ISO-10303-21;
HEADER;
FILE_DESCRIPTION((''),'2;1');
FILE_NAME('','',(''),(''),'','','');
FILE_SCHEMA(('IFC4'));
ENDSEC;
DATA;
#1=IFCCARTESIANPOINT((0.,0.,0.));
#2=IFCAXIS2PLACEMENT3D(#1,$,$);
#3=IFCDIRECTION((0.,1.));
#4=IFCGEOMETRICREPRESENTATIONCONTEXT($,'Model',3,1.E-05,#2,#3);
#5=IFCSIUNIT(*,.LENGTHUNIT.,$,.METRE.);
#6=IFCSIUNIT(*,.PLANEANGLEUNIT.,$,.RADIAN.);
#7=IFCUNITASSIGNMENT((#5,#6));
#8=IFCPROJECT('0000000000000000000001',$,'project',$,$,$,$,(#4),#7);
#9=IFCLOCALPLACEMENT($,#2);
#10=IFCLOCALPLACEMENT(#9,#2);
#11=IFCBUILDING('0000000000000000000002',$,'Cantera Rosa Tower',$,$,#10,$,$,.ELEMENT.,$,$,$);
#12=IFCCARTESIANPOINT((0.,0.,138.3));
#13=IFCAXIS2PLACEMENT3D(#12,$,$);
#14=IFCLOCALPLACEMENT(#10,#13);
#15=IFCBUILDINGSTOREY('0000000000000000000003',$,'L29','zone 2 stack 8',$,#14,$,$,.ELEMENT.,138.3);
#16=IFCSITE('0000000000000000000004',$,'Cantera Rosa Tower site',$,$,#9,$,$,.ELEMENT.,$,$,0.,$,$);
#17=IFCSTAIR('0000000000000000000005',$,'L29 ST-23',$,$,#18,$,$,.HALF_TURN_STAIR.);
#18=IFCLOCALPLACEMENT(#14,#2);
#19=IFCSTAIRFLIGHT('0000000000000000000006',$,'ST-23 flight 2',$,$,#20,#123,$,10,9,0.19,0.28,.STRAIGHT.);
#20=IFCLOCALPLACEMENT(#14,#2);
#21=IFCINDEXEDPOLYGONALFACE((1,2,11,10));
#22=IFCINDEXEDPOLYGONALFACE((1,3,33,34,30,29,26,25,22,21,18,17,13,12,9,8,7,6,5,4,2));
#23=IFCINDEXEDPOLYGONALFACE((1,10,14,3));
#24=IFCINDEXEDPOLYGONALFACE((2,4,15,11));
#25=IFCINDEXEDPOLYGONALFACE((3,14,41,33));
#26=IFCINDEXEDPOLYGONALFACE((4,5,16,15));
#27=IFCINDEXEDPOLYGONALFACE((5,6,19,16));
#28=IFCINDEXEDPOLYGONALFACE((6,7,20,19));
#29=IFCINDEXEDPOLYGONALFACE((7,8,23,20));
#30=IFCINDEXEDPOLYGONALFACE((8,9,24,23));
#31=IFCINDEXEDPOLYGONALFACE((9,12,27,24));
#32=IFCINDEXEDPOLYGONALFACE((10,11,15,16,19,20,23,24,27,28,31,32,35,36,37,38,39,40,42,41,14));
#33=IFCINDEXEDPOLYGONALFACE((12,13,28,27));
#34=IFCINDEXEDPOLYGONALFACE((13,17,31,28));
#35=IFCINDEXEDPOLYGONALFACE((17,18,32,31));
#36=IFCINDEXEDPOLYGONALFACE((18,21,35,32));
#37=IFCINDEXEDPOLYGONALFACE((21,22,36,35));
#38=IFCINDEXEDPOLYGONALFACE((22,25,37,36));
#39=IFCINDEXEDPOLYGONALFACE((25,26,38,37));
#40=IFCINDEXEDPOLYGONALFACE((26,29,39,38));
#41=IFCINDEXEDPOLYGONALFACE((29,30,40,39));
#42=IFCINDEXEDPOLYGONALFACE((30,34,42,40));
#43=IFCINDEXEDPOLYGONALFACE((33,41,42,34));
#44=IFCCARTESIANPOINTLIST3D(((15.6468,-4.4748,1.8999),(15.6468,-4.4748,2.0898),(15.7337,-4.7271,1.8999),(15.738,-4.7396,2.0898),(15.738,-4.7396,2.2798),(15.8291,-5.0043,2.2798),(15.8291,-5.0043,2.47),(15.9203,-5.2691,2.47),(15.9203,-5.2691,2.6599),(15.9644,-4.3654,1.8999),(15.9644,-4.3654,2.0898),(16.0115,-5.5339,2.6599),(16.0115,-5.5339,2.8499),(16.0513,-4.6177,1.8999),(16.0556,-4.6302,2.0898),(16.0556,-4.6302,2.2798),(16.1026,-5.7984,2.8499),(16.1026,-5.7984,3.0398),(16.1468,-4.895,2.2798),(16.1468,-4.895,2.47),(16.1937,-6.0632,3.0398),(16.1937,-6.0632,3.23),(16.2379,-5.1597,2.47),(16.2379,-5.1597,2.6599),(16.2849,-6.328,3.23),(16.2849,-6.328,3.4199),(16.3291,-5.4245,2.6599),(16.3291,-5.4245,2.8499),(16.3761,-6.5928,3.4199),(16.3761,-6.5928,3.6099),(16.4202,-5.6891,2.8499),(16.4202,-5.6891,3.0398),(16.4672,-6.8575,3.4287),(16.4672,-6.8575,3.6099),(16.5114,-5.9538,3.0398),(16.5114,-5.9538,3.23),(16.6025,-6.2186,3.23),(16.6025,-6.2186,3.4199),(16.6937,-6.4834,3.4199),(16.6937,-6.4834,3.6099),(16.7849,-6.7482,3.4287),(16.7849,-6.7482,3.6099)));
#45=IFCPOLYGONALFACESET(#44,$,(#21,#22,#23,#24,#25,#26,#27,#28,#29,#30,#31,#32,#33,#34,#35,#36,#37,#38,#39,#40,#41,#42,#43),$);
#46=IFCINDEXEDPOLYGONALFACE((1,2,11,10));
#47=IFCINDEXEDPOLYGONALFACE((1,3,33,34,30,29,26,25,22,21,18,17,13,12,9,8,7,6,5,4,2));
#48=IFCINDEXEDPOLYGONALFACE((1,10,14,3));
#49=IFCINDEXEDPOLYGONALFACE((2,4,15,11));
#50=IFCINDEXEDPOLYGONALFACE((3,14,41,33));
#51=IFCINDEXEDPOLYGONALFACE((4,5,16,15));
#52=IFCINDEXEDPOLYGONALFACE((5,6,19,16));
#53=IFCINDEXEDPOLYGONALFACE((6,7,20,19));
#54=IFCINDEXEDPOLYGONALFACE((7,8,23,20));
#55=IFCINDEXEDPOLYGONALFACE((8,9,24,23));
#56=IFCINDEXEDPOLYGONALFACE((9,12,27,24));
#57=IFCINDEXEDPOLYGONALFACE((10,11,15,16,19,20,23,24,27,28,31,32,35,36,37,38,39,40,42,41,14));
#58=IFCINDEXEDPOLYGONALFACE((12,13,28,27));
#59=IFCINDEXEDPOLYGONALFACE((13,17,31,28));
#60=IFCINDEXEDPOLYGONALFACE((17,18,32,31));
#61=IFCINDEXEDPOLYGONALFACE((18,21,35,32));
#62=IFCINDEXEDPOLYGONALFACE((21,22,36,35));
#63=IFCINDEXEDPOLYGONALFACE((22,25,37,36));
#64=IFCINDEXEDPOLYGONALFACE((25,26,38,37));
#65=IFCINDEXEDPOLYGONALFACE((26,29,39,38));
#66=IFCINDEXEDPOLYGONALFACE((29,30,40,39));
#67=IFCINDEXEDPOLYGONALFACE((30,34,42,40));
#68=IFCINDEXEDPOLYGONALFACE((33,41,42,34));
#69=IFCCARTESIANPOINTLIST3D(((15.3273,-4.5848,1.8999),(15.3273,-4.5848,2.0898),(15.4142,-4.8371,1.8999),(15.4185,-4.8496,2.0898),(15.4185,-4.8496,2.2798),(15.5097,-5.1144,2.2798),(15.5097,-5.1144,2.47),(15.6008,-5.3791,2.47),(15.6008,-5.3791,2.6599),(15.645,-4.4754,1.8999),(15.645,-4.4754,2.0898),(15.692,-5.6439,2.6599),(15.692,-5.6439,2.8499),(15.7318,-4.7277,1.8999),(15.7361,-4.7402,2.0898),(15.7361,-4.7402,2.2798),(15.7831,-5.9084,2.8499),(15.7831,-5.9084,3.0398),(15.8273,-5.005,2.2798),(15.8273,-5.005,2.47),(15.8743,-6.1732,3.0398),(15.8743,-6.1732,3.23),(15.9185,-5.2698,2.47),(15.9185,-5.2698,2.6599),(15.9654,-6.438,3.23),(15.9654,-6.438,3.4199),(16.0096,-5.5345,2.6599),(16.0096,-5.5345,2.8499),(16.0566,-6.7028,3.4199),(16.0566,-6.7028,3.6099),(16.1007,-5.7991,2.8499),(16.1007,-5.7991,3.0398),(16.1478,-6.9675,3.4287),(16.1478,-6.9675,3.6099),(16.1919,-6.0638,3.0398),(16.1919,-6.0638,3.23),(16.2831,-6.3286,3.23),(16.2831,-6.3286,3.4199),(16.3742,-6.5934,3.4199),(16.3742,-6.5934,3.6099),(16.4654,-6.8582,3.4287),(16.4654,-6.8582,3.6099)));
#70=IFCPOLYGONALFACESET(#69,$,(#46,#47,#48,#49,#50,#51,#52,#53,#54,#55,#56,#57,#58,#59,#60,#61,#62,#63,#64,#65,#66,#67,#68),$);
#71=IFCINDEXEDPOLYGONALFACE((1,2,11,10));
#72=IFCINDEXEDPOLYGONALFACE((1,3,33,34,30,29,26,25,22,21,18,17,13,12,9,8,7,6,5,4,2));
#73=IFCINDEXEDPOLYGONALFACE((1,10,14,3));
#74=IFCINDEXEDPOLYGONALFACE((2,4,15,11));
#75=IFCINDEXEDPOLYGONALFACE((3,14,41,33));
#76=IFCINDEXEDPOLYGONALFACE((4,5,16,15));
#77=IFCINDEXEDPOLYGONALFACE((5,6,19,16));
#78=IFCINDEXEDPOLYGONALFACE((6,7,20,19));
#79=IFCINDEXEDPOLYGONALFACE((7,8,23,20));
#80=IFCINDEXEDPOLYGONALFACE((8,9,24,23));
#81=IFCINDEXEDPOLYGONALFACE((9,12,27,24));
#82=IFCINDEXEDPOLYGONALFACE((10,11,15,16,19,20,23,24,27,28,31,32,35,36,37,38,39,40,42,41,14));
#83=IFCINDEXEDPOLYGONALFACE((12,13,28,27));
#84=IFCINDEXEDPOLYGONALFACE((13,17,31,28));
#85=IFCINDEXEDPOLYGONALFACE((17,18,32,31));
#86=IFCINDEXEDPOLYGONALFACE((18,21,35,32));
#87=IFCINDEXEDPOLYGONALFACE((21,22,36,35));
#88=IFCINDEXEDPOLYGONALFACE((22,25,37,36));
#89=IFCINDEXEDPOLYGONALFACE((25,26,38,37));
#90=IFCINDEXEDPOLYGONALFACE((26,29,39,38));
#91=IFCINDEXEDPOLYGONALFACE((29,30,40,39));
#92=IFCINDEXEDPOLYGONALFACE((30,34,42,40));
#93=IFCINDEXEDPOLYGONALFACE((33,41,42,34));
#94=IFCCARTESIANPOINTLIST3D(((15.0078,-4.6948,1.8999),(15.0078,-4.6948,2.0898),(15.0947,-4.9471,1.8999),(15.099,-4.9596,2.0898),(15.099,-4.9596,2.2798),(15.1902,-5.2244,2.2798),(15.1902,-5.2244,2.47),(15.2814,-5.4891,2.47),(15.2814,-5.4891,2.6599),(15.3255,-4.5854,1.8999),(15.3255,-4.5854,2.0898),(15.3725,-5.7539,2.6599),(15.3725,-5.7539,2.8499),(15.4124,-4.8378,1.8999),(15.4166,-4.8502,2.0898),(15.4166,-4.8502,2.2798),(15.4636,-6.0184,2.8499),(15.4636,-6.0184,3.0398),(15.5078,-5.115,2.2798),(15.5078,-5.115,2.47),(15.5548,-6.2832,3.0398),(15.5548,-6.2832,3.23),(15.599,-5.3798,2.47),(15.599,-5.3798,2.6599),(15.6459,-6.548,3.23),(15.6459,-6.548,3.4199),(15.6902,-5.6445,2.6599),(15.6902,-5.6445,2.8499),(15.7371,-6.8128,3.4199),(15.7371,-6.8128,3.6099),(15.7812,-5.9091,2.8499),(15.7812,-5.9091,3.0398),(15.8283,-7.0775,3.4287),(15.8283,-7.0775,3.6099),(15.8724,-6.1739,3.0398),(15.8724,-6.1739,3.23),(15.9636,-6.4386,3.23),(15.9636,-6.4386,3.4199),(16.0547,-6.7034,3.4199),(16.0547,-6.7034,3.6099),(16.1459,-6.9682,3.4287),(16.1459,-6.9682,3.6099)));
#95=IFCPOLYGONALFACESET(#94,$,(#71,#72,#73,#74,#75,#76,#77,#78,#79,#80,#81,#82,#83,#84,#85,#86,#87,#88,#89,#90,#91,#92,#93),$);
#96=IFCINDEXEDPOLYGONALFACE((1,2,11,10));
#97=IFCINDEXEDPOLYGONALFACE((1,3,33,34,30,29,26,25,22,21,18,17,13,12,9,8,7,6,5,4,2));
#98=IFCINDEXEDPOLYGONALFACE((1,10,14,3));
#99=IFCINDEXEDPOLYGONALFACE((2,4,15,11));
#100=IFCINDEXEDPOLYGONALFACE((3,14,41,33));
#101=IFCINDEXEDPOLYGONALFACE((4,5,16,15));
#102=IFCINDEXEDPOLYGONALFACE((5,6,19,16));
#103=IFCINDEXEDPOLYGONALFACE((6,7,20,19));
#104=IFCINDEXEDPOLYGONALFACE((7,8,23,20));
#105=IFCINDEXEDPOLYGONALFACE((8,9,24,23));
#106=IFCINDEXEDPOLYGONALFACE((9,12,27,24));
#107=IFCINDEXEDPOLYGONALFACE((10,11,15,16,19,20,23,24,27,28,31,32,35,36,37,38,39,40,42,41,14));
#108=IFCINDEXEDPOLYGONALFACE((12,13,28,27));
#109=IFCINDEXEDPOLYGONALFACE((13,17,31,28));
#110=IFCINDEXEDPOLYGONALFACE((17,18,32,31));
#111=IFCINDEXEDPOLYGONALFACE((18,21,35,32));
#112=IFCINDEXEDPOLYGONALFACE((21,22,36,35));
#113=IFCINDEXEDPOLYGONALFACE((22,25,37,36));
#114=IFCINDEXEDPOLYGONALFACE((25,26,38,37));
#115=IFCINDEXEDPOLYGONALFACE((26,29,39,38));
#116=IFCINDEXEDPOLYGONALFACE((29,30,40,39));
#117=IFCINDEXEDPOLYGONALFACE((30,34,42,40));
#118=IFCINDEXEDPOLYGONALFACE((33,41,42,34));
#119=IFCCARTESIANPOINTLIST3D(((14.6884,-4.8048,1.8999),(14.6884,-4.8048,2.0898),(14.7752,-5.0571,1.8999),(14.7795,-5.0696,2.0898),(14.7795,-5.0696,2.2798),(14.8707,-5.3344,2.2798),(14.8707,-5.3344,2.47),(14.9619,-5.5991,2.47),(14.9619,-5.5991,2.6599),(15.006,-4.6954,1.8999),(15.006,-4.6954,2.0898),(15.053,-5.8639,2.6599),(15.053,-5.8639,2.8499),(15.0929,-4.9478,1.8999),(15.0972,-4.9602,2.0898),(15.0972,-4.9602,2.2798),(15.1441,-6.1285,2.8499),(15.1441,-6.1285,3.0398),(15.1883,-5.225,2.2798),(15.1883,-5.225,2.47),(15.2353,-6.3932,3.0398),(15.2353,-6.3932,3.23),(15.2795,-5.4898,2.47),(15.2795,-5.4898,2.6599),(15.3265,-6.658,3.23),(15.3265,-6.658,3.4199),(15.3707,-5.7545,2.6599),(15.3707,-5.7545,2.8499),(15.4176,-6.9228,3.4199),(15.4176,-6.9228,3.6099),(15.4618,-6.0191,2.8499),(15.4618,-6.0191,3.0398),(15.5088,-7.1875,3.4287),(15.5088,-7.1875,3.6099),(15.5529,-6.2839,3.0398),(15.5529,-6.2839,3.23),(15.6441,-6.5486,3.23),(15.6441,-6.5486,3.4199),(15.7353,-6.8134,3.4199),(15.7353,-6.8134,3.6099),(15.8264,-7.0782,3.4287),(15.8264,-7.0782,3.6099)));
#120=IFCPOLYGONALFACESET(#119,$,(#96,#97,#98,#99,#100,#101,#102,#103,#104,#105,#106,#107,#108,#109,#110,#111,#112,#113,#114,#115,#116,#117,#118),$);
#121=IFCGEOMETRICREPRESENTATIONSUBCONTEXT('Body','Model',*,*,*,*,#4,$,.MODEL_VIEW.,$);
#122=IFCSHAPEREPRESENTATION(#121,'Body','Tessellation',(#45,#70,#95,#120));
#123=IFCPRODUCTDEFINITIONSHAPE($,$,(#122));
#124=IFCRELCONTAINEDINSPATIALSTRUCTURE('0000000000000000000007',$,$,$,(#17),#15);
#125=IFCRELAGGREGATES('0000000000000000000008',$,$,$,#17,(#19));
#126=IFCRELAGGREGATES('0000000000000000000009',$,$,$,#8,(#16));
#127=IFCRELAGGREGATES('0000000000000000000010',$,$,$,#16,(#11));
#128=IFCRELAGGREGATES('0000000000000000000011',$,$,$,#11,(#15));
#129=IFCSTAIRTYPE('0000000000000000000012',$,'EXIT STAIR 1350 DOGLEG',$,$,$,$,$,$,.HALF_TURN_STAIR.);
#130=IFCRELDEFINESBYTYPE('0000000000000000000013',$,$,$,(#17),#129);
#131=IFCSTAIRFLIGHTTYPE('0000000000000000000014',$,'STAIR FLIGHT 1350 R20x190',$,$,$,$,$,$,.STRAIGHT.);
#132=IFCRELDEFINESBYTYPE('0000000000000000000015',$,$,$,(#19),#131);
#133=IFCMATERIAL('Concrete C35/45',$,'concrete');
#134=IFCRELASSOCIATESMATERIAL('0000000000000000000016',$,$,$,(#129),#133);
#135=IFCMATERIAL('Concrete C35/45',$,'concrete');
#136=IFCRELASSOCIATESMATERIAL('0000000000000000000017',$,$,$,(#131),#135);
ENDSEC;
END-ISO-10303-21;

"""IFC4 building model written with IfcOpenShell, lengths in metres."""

from ifc_helpers import new_model, si_unit, direction, frame, origin, place, context, subcontext, project, spatial, polyline, outline, extrude, material, type_object, element, aggregate, save


model = new_model("IFC4")

# Units and contexts
model_context = context("Model", 3, precision=1e-05, world=origin(), true_north=direction((0.0, 1.0)))
body_context = subcontext(model_context, "Body", "Model", "MODEL_VIEW")
ifc_project = project(units=[si_unit("LENGTHUNIT", "METRE"), si_unit("PLANEANGLEUNIT", "RADIAN")], contexts=[model_context])

# Site, building, storey
site_placement = place(None, origin())
site = spatial("IfcSite", under=ifc_project, at=site_placement, Name="Cantera Rosa Tower site", CompositionType="ELEMENT", RefElevation=0.0)
building_placement = place(site_placement, origin())
building = spatial("IfcBuilding", under=site, at=building_placement, Name="Cantera Rosa Tower", CompositionType="ELEMENT")
storey_placement = place(building_placement, frame((0.0, 0.0, 138.3)))
storey = spatial("IfcBuildingStorey", under=building, at=storey_placement, Name="L29", Description="zone 2 stack 8", CompositionType="ELEMENT", Elevation=138.3)

# Stair, stair flight
ifc_material_1 = material(Name="Concrete C35/45", Category="concrete")
stair_type = type_object("IfcStairType", Name="EXIT STAIR 1350 DOGLEG", PredefinedType="HALF_TURN_STAIR", material=ifc_material_1)
stair_placement = place(storey_placement, origin())
stair = element("IfcStair", 1, at=stair_placement, inside=storey, type_object=stair_type, Name="L29 ST-23", PredefinedType="HALF_TURN_STAIR")
ifc_material_2 = material(Name="Concrete C35/45", Category="concrete")
stair_flight_type = type_object("IfcStairFlightType", Name="STAIR FLIGHT 1350 R20x190", PredefinedType="STRAIGHT", material=ifc_material_2)
stair_flight_1_placement = place(storey_placement, frame((15.3262, -4.5852, 1.8999), z_axis=(0.0, 0.0, 1.0), x_axis=(0.325568, -0.945519, 0.0)))
stair_flight_1 = element("IfcStairFlight", 2, at=stair_flight_1_placement, type_object=stair_flight_type, Name="ST-23 flight 2", NumberOfRisers=10, NumberOfTreads=9, PredefinedType="STRAIGHT", RiserHeight=0.19, TreadLength=0.28, context=body_context, shape_type="SweptSolid", body=[
    extrude(outline(polyline([(0.0, 0.0), (0.0, 0.1899), (0.28, 0.1899), (0.28, 0.3799), (0.5601, 0.3799), (0.5601, 0.5701), (0.8401, 0.5701), (0.8401, 0.76), (1.1201, 0.76), (1.1201, 0.95), (1.3999, 0.95), (1.3999, 1.1399), (1.6799, 1.1399), (1.6799, 1.3301), (1.96, 1.3301), (1.96, 1.52), (2.24, 1.52), (2.24, 1.71), (2.52, 1.71), (2.52, 1.8999), (2.52, 1.5288), (0.2668, 0.0), (0.0, 0.0)])), frame((0.0, 0.675, 0.0), z_axis=(0.0, -1.0, 0.0), x_axis=(1.0, 0.0, 0.0)), (0.0, 0.0, 1.0), 0.3359),
    extrude(outline(polyline([(0.0, 0.0), (0.0, 0.1899), (0.28, 0.1899), (0.28, 0.3799), (0.5601, 0.3799), (0.5601, 0.5701), (0.8401, 0.5701), (0.8401, 0.76), (1.1201, 0.76), (1.1201, 0.95), (1.3999, 0.95), (1.3999, 1.1399), (1.6799, 1.1399), (1.6799, 1.3301), (1.96, 1.3301), (1.96, 1.52), (2.24, 1.52), (2.24, 1.71), (2.52, 1.71), (2.52, 1.8999), (2.52, 1.5288), (0.2668, 0.0), (0.0, 0.0)])), frame((0.0, 0.3372, 0.0), z_axis=(0.0, -1.0, 0.0), x_axis=(1.0, 0.0, 0.0)), (0.0, 0.0, 1.0), 0.3359),
    extrude(outline(polyline([(0.0, 0.0), (0.0, 0.1899), (0.28, 0.1899), (0.28, 0.3799), (0.5601, 0.3799), (0.5601, 0.5701), (0.8401, 0.5701), (0.8401, 0.76), (1.1201, 0.76), (1.1201, 0.95), (1.3999, 0.95), (1.3999, 1.1399), (1.6799, 1.1399), (1.6799, 1.3301), (1.96, 1.3301), (1.96, 1.52), (2.24, 1.52), (2.24, 1.71), (2.52, 1.71), (2.52, 1.8999), (2.52, 1.5288), (0.2668, 0.0), (0.0, 0.0)])), frame((0.0, -0.0007, 0.0), z_axis=(0.0, -1.0, 0.0), x_axis=(1.0, 0.0, 0.0)), (0.0, 0.0, 1.0), 0.3359),
    extrude(outline(polyline([(0.0, 0.0), (0.0, 0.1899), (0.28, 0.1899), (0.28, 0.3799), (0.5601, 0.3799), (0.5601, 0.5701), (0.8401, 0.5701), (0.8401, 0.76), (1.1201, 0.76), (1.1201, 0.95), (1.3999, 0.95), (1.3999, 1.1399), (1.6799, 1.1399), (1.6799, 1.3301), (1.96, 1.3301), (1.96, 1.52), (2.24, 1.52), (2.24, 1.71), (2.52, 1.71), (2.52, 1.8999), (2.52, 1.5288), (0.2668, 0.0), (0.0, 0.0)])), frame((0.0, -0.3386, 0.0), z_axis=(0.0, -1.0, 0.0), x_axis=(1.0, 0.0, 0.0)), (0.0, 0.0, 1.0), 0.3359),
])
aggregate(stair, [stair_flight_1])

save(model, "model.ifc")
